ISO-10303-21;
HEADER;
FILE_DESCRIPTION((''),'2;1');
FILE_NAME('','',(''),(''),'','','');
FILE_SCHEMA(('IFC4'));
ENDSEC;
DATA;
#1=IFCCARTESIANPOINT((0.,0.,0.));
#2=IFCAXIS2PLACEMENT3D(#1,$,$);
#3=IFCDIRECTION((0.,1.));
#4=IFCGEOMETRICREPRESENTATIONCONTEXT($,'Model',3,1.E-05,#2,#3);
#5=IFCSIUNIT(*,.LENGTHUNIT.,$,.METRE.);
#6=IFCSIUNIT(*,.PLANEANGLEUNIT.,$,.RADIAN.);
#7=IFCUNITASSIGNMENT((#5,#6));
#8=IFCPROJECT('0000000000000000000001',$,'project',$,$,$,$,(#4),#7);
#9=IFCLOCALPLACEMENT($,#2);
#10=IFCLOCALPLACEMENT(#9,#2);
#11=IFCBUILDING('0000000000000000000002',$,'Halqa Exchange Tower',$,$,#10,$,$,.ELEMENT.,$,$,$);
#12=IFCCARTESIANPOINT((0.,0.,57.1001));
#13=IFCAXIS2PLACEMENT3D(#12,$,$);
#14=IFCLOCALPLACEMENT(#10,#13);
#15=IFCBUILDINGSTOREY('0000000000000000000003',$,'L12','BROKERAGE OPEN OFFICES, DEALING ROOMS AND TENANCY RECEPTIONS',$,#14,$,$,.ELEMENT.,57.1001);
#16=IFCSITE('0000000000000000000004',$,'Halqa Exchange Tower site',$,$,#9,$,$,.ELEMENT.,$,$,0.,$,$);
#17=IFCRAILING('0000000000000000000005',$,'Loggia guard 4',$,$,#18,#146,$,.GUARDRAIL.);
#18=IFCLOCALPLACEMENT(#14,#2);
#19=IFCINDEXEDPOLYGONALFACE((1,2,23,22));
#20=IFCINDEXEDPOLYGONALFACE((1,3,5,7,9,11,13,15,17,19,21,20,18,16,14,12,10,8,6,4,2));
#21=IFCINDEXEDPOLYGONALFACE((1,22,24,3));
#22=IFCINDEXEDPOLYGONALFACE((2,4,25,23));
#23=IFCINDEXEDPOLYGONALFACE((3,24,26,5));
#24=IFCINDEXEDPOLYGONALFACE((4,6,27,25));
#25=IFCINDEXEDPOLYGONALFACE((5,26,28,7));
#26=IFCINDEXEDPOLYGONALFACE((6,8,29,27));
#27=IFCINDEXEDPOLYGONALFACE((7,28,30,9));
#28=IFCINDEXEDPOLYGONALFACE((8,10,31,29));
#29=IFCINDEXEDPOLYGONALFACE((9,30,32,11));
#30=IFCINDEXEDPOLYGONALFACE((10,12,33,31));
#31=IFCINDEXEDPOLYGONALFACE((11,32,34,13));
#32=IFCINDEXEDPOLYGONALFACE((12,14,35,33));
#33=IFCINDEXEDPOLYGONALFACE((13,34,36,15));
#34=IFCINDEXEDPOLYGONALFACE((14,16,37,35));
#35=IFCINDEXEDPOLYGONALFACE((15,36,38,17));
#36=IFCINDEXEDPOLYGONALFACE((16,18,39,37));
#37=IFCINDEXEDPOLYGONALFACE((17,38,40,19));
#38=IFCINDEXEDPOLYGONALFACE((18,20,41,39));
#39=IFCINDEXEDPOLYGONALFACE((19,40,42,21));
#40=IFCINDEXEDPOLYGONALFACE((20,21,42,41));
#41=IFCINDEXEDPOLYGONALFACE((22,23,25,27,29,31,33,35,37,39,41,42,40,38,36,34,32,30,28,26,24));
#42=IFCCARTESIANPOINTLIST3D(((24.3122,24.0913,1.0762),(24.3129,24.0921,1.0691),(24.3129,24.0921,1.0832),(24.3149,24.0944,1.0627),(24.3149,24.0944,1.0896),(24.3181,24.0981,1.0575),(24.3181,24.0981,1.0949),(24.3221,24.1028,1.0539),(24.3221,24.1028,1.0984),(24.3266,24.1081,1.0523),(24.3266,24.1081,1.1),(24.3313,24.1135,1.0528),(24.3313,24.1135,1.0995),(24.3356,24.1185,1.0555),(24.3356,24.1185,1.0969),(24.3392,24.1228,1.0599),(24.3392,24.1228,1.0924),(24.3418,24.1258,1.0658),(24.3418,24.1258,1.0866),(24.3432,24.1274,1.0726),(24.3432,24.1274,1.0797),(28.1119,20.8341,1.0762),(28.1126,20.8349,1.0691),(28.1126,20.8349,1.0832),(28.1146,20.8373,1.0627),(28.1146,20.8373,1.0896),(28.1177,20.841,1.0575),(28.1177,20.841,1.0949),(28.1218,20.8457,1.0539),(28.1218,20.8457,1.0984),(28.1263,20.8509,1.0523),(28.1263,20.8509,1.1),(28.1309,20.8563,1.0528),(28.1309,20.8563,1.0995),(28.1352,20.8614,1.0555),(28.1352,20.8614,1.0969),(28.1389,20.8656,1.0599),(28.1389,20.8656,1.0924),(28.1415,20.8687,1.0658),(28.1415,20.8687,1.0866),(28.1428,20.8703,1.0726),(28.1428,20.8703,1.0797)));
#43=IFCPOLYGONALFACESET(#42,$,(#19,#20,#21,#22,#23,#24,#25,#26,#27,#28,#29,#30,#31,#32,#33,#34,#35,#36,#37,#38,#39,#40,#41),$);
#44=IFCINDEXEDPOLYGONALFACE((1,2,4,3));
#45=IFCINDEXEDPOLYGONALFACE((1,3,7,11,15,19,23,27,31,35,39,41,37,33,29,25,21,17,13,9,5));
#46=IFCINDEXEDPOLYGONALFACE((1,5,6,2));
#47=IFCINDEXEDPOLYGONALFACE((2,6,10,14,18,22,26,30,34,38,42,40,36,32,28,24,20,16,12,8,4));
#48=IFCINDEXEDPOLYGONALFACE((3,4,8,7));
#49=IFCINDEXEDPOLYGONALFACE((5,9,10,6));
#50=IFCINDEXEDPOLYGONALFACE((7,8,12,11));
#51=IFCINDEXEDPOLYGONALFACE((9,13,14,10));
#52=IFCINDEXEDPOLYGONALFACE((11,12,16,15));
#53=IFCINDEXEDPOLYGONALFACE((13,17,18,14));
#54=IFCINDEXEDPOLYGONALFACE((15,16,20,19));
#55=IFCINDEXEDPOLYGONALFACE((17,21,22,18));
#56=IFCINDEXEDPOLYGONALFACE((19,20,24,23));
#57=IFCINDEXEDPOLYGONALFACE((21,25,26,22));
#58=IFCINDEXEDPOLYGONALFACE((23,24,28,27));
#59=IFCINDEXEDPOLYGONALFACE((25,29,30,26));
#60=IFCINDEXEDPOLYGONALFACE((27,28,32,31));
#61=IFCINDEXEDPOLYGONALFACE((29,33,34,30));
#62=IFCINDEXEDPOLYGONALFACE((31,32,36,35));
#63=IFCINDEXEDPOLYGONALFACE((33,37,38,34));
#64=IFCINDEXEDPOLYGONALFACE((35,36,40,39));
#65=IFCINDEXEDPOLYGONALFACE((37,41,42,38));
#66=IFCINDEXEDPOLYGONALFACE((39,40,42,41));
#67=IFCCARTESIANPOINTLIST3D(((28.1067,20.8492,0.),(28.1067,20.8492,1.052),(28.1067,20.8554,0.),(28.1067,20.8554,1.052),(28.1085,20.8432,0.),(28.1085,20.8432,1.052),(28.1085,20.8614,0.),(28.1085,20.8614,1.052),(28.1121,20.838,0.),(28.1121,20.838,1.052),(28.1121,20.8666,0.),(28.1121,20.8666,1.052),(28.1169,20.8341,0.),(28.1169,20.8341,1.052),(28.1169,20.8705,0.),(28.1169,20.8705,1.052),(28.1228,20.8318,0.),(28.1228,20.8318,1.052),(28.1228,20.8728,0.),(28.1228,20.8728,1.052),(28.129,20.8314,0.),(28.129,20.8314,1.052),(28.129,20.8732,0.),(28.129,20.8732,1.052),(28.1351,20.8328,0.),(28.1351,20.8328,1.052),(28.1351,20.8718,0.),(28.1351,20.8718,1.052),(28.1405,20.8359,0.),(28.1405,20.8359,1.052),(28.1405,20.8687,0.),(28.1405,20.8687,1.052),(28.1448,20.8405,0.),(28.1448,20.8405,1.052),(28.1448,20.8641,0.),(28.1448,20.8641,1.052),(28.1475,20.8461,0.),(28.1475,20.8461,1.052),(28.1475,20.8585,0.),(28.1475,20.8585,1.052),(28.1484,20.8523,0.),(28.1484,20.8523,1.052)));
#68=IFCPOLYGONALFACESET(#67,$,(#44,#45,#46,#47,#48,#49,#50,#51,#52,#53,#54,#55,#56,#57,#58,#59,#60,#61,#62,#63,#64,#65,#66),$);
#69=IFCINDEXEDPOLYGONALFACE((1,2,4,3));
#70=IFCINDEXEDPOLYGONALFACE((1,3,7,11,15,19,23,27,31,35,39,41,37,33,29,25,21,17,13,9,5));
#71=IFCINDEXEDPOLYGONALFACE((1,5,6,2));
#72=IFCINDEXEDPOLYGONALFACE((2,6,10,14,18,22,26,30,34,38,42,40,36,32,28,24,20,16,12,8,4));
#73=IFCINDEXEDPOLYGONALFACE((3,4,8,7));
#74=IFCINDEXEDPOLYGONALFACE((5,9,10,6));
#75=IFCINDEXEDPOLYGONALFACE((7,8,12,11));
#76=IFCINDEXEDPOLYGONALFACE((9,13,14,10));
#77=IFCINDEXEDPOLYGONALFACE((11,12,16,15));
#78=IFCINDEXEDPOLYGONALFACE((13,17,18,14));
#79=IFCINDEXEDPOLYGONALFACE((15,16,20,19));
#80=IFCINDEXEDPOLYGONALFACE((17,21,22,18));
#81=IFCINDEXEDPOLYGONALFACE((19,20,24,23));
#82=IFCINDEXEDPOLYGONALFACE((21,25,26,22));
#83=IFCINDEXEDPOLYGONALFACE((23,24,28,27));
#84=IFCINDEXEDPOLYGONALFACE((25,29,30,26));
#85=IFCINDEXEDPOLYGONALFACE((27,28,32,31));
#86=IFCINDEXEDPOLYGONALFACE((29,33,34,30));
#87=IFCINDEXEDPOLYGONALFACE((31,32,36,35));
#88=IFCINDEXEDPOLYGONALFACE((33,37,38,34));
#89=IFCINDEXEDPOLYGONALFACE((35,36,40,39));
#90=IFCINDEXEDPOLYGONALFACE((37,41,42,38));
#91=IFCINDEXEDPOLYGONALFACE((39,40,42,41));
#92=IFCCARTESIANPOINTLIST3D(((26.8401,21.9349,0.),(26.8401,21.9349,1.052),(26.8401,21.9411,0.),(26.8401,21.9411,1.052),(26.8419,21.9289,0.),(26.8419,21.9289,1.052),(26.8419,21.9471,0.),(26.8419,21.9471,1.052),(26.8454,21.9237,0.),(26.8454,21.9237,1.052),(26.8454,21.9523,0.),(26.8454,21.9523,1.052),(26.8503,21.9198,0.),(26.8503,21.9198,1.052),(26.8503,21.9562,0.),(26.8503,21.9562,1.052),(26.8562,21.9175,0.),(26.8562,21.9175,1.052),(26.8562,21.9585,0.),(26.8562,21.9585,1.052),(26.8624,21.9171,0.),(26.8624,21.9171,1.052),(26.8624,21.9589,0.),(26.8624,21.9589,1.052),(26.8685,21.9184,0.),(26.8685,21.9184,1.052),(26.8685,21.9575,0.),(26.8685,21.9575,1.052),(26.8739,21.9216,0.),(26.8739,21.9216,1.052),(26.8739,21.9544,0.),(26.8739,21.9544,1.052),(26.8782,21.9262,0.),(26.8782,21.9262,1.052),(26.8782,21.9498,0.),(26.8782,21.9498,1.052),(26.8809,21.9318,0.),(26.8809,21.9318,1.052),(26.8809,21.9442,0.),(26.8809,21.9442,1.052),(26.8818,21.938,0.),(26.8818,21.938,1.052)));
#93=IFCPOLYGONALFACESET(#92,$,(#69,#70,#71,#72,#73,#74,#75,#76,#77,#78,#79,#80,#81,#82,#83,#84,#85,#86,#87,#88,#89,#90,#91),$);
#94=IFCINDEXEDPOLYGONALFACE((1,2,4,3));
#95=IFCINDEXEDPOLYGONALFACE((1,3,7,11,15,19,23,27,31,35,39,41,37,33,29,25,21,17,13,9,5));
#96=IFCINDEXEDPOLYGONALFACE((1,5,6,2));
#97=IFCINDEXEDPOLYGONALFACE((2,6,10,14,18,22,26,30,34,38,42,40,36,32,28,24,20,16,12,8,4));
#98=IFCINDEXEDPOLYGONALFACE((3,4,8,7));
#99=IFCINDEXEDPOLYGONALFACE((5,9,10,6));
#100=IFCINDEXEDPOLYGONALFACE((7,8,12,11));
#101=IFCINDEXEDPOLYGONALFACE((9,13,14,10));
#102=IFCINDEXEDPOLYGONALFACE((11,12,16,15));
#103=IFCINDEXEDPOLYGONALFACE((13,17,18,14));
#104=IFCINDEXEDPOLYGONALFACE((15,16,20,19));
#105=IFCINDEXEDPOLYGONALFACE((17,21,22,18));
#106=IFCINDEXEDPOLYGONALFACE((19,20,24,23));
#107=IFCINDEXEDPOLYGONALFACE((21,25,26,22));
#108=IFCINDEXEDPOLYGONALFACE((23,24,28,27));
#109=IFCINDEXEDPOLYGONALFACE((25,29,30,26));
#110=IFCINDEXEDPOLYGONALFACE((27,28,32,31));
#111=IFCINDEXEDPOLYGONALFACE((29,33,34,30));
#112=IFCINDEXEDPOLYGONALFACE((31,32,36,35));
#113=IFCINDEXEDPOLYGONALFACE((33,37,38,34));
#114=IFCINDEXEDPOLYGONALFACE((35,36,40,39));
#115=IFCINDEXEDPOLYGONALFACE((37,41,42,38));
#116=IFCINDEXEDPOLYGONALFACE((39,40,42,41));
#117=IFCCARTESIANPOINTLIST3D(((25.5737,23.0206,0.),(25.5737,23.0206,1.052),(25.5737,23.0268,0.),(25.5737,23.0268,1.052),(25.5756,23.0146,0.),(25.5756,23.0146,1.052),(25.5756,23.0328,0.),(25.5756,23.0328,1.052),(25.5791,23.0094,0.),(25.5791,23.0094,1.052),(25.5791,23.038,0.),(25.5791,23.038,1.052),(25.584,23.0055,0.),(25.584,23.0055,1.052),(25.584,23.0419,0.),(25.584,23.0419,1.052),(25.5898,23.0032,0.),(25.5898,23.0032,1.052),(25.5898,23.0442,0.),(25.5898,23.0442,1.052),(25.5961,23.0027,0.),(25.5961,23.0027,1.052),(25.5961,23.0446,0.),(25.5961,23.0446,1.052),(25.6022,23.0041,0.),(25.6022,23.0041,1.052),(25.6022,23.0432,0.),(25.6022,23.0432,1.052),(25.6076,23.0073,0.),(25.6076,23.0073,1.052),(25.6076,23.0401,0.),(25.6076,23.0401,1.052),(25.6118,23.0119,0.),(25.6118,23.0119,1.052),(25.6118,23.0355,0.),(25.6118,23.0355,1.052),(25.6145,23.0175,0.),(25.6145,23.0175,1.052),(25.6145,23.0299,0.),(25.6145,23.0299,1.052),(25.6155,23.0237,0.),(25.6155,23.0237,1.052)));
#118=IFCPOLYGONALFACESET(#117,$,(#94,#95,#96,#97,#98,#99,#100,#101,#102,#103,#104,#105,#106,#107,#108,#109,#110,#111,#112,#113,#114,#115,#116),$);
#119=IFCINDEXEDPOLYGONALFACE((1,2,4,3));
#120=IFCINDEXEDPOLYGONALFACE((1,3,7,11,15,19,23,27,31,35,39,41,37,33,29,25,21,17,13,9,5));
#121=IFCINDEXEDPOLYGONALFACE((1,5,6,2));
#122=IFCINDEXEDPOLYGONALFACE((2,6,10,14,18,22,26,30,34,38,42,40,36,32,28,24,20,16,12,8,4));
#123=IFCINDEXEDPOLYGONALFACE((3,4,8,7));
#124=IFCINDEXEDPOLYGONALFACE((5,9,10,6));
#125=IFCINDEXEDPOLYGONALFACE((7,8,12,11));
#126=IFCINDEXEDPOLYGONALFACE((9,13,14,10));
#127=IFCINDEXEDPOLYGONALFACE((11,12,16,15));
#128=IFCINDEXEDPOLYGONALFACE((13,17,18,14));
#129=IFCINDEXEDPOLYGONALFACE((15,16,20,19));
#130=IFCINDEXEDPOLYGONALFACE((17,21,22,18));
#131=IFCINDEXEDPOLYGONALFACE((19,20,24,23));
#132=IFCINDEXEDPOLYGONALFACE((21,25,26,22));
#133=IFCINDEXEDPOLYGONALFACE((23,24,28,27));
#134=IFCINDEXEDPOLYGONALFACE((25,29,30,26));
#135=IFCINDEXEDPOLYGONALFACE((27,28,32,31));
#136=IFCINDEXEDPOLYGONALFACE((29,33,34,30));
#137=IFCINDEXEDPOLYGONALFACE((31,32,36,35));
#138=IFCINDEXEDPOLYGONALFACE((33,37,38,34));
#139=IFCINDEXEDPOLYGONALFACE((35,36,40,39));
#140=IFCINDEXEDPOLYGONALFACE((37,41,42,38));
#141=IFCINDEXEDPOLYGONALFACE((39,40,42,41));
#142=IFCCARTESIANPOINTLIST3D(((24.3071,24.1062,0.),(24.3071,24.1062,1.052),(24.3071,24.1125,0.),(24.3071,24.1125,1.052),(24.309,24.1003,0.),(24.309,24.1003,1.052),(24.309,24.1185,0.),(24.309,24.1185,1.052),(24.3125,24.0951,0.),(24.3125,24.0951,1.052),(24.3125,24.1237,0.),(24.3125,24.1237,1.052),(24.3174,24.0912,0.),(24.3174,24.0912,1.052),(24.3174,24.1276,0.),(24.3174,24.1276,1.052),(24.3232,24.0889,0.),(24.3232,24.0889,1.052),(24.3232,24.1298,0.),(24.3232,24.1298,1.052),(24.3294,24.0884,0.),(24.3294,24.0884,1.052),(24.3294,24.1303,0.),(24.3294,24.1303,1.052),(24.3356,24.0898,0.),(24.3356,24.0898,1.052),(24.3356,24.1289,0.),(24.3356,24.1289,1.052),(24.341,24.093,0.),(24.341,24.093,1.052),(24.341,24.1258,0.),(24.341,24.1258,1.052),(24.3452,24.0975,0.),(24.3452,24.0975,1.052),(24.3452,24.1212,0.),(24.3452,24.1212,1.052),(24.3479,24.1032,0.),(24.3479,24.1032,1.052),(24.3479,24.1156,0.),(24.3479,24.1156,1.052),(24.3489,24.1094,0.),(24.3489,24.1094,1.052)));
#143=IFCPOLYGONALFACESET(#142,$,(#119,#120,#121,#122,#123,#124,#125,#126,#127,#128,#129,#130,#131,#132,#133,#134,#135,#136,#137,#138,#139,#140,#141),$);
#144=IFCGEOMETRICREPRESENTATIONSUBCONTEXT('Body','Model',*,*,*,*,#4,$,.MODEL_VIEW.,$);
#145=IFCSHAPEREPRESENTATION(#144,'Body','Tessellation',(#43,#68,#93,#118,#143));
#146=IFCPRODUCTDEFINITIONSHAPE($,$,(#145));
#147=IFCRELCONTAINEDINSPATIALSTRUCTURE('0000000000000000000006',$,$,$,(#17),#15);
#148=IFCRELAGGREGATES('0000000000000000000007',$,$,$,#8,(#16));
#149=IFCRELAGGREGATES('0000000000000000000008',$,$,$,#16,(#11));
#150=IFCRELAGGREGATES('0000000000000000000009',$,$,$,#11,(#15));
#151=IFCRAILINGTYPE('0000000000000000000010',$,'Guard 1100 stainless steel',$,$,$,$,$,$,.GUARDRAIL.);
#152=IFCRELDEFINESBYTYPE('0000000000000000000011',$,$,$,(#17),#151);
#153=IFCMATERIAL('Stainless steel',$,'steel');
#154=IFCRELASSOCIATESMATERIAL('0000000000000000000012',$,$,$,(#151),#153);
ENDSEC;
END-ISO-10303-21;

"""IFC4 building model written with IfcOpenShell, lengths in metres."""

from ifc_helpers import new_model, si_unit, direction, frame, origin, origin_2d, place, context, subcontext, project, spatial, circle, extrude, material, type_object, element, save


model = new_model("IFC4")

# Units and contexts
model_context = context("Model", 3, precision=1e-05, world=origin(), true_north=direction((0.0, 1.0)))
body_context = subcontext(model_context, "Body", "Model", "MODEL_VIEW")
ifc_project = project(units=[si_unit("LENGTHUNIT", "METRE"), si_unit("PLANEANGLEUNIT", "RADIAN")], contexts=[model_context])

# Site, building, storey
site_placement = place(None, origin())
site = spatial("IfcSite", under=ifc_project, at=site_placement, Name="Halqa Exchange Tower site", CompositionType="ELEMENT", RefElevation=0.0)
building_placement = place(site_placement, origin())
building = spatial("IfcBuilding", under=site, at=building_placement, Name="Halqa Exchange Tower", CompositionType="ELEMENT")
storey_placement = place(building_placement, frame((0.0, 0.0, 57.1001)))
storey = spatial("IfcBuildingStorey", under=building, at=storey_placement, Name="L12", Description="BROKERAGE OPEN OFFICES, DEALING ROOMS AND TENANCY RECEPTIONS", CompositionType="ELEMENT", Elevation=57.1001)

# Railing
ifc_material_1 = material(Name="Stainless steel", Category="steel")
railing_type = type_object("IfcRailingType", Name="Guard 1100 stainless steel", PredefinedType="GUARDRAIL", material=ifc_material_1)
railing_1_placement = place(storey_placement, frame((28.1274, 20.8523, 0.0)))
element("IfcRailing", 1, at=railing_1_placement, inside=storey, type_object=railing_type, Name="Loggia guard 4", PredefinedType="GUARDRAIL", context=body_context, shape_type="SweptSolid", body=[
    extrude(circle(Radius=0.0239, at=origin_2d()), frame((0.0, 0.0, 1.0762), z_axis=(-0.759226, 0.650828, 0.0), x_axis=(-0.650828, -0.759226, 0.0)), (0.0, 0.0, 1.0), 5.0046),
    extrude(circle(Radius=0.021, at=origin_2d()), origin(), (0.0, 0.0, 1.0), 1.052),
    extrude(circle(Radius=0.021, at=origin_2d()), frame((-1.2666, 1.0857, 0.0)), (0.0, 0.0, 1.0), 1.052),
    extrude(circle(Radius=0.021, at=origin_2d()), frame((-2.533, 2.1714, 0.0)), (0.0, 0.0, 1.0), 1.052),
    extrude(circle(Radius=0.021, at=origin_2d()), frame((-3.7996, 3.2571, 0.0)), (0.0, 0.0, 1.0), 1.052),
])

save(model, "model.ifc")
